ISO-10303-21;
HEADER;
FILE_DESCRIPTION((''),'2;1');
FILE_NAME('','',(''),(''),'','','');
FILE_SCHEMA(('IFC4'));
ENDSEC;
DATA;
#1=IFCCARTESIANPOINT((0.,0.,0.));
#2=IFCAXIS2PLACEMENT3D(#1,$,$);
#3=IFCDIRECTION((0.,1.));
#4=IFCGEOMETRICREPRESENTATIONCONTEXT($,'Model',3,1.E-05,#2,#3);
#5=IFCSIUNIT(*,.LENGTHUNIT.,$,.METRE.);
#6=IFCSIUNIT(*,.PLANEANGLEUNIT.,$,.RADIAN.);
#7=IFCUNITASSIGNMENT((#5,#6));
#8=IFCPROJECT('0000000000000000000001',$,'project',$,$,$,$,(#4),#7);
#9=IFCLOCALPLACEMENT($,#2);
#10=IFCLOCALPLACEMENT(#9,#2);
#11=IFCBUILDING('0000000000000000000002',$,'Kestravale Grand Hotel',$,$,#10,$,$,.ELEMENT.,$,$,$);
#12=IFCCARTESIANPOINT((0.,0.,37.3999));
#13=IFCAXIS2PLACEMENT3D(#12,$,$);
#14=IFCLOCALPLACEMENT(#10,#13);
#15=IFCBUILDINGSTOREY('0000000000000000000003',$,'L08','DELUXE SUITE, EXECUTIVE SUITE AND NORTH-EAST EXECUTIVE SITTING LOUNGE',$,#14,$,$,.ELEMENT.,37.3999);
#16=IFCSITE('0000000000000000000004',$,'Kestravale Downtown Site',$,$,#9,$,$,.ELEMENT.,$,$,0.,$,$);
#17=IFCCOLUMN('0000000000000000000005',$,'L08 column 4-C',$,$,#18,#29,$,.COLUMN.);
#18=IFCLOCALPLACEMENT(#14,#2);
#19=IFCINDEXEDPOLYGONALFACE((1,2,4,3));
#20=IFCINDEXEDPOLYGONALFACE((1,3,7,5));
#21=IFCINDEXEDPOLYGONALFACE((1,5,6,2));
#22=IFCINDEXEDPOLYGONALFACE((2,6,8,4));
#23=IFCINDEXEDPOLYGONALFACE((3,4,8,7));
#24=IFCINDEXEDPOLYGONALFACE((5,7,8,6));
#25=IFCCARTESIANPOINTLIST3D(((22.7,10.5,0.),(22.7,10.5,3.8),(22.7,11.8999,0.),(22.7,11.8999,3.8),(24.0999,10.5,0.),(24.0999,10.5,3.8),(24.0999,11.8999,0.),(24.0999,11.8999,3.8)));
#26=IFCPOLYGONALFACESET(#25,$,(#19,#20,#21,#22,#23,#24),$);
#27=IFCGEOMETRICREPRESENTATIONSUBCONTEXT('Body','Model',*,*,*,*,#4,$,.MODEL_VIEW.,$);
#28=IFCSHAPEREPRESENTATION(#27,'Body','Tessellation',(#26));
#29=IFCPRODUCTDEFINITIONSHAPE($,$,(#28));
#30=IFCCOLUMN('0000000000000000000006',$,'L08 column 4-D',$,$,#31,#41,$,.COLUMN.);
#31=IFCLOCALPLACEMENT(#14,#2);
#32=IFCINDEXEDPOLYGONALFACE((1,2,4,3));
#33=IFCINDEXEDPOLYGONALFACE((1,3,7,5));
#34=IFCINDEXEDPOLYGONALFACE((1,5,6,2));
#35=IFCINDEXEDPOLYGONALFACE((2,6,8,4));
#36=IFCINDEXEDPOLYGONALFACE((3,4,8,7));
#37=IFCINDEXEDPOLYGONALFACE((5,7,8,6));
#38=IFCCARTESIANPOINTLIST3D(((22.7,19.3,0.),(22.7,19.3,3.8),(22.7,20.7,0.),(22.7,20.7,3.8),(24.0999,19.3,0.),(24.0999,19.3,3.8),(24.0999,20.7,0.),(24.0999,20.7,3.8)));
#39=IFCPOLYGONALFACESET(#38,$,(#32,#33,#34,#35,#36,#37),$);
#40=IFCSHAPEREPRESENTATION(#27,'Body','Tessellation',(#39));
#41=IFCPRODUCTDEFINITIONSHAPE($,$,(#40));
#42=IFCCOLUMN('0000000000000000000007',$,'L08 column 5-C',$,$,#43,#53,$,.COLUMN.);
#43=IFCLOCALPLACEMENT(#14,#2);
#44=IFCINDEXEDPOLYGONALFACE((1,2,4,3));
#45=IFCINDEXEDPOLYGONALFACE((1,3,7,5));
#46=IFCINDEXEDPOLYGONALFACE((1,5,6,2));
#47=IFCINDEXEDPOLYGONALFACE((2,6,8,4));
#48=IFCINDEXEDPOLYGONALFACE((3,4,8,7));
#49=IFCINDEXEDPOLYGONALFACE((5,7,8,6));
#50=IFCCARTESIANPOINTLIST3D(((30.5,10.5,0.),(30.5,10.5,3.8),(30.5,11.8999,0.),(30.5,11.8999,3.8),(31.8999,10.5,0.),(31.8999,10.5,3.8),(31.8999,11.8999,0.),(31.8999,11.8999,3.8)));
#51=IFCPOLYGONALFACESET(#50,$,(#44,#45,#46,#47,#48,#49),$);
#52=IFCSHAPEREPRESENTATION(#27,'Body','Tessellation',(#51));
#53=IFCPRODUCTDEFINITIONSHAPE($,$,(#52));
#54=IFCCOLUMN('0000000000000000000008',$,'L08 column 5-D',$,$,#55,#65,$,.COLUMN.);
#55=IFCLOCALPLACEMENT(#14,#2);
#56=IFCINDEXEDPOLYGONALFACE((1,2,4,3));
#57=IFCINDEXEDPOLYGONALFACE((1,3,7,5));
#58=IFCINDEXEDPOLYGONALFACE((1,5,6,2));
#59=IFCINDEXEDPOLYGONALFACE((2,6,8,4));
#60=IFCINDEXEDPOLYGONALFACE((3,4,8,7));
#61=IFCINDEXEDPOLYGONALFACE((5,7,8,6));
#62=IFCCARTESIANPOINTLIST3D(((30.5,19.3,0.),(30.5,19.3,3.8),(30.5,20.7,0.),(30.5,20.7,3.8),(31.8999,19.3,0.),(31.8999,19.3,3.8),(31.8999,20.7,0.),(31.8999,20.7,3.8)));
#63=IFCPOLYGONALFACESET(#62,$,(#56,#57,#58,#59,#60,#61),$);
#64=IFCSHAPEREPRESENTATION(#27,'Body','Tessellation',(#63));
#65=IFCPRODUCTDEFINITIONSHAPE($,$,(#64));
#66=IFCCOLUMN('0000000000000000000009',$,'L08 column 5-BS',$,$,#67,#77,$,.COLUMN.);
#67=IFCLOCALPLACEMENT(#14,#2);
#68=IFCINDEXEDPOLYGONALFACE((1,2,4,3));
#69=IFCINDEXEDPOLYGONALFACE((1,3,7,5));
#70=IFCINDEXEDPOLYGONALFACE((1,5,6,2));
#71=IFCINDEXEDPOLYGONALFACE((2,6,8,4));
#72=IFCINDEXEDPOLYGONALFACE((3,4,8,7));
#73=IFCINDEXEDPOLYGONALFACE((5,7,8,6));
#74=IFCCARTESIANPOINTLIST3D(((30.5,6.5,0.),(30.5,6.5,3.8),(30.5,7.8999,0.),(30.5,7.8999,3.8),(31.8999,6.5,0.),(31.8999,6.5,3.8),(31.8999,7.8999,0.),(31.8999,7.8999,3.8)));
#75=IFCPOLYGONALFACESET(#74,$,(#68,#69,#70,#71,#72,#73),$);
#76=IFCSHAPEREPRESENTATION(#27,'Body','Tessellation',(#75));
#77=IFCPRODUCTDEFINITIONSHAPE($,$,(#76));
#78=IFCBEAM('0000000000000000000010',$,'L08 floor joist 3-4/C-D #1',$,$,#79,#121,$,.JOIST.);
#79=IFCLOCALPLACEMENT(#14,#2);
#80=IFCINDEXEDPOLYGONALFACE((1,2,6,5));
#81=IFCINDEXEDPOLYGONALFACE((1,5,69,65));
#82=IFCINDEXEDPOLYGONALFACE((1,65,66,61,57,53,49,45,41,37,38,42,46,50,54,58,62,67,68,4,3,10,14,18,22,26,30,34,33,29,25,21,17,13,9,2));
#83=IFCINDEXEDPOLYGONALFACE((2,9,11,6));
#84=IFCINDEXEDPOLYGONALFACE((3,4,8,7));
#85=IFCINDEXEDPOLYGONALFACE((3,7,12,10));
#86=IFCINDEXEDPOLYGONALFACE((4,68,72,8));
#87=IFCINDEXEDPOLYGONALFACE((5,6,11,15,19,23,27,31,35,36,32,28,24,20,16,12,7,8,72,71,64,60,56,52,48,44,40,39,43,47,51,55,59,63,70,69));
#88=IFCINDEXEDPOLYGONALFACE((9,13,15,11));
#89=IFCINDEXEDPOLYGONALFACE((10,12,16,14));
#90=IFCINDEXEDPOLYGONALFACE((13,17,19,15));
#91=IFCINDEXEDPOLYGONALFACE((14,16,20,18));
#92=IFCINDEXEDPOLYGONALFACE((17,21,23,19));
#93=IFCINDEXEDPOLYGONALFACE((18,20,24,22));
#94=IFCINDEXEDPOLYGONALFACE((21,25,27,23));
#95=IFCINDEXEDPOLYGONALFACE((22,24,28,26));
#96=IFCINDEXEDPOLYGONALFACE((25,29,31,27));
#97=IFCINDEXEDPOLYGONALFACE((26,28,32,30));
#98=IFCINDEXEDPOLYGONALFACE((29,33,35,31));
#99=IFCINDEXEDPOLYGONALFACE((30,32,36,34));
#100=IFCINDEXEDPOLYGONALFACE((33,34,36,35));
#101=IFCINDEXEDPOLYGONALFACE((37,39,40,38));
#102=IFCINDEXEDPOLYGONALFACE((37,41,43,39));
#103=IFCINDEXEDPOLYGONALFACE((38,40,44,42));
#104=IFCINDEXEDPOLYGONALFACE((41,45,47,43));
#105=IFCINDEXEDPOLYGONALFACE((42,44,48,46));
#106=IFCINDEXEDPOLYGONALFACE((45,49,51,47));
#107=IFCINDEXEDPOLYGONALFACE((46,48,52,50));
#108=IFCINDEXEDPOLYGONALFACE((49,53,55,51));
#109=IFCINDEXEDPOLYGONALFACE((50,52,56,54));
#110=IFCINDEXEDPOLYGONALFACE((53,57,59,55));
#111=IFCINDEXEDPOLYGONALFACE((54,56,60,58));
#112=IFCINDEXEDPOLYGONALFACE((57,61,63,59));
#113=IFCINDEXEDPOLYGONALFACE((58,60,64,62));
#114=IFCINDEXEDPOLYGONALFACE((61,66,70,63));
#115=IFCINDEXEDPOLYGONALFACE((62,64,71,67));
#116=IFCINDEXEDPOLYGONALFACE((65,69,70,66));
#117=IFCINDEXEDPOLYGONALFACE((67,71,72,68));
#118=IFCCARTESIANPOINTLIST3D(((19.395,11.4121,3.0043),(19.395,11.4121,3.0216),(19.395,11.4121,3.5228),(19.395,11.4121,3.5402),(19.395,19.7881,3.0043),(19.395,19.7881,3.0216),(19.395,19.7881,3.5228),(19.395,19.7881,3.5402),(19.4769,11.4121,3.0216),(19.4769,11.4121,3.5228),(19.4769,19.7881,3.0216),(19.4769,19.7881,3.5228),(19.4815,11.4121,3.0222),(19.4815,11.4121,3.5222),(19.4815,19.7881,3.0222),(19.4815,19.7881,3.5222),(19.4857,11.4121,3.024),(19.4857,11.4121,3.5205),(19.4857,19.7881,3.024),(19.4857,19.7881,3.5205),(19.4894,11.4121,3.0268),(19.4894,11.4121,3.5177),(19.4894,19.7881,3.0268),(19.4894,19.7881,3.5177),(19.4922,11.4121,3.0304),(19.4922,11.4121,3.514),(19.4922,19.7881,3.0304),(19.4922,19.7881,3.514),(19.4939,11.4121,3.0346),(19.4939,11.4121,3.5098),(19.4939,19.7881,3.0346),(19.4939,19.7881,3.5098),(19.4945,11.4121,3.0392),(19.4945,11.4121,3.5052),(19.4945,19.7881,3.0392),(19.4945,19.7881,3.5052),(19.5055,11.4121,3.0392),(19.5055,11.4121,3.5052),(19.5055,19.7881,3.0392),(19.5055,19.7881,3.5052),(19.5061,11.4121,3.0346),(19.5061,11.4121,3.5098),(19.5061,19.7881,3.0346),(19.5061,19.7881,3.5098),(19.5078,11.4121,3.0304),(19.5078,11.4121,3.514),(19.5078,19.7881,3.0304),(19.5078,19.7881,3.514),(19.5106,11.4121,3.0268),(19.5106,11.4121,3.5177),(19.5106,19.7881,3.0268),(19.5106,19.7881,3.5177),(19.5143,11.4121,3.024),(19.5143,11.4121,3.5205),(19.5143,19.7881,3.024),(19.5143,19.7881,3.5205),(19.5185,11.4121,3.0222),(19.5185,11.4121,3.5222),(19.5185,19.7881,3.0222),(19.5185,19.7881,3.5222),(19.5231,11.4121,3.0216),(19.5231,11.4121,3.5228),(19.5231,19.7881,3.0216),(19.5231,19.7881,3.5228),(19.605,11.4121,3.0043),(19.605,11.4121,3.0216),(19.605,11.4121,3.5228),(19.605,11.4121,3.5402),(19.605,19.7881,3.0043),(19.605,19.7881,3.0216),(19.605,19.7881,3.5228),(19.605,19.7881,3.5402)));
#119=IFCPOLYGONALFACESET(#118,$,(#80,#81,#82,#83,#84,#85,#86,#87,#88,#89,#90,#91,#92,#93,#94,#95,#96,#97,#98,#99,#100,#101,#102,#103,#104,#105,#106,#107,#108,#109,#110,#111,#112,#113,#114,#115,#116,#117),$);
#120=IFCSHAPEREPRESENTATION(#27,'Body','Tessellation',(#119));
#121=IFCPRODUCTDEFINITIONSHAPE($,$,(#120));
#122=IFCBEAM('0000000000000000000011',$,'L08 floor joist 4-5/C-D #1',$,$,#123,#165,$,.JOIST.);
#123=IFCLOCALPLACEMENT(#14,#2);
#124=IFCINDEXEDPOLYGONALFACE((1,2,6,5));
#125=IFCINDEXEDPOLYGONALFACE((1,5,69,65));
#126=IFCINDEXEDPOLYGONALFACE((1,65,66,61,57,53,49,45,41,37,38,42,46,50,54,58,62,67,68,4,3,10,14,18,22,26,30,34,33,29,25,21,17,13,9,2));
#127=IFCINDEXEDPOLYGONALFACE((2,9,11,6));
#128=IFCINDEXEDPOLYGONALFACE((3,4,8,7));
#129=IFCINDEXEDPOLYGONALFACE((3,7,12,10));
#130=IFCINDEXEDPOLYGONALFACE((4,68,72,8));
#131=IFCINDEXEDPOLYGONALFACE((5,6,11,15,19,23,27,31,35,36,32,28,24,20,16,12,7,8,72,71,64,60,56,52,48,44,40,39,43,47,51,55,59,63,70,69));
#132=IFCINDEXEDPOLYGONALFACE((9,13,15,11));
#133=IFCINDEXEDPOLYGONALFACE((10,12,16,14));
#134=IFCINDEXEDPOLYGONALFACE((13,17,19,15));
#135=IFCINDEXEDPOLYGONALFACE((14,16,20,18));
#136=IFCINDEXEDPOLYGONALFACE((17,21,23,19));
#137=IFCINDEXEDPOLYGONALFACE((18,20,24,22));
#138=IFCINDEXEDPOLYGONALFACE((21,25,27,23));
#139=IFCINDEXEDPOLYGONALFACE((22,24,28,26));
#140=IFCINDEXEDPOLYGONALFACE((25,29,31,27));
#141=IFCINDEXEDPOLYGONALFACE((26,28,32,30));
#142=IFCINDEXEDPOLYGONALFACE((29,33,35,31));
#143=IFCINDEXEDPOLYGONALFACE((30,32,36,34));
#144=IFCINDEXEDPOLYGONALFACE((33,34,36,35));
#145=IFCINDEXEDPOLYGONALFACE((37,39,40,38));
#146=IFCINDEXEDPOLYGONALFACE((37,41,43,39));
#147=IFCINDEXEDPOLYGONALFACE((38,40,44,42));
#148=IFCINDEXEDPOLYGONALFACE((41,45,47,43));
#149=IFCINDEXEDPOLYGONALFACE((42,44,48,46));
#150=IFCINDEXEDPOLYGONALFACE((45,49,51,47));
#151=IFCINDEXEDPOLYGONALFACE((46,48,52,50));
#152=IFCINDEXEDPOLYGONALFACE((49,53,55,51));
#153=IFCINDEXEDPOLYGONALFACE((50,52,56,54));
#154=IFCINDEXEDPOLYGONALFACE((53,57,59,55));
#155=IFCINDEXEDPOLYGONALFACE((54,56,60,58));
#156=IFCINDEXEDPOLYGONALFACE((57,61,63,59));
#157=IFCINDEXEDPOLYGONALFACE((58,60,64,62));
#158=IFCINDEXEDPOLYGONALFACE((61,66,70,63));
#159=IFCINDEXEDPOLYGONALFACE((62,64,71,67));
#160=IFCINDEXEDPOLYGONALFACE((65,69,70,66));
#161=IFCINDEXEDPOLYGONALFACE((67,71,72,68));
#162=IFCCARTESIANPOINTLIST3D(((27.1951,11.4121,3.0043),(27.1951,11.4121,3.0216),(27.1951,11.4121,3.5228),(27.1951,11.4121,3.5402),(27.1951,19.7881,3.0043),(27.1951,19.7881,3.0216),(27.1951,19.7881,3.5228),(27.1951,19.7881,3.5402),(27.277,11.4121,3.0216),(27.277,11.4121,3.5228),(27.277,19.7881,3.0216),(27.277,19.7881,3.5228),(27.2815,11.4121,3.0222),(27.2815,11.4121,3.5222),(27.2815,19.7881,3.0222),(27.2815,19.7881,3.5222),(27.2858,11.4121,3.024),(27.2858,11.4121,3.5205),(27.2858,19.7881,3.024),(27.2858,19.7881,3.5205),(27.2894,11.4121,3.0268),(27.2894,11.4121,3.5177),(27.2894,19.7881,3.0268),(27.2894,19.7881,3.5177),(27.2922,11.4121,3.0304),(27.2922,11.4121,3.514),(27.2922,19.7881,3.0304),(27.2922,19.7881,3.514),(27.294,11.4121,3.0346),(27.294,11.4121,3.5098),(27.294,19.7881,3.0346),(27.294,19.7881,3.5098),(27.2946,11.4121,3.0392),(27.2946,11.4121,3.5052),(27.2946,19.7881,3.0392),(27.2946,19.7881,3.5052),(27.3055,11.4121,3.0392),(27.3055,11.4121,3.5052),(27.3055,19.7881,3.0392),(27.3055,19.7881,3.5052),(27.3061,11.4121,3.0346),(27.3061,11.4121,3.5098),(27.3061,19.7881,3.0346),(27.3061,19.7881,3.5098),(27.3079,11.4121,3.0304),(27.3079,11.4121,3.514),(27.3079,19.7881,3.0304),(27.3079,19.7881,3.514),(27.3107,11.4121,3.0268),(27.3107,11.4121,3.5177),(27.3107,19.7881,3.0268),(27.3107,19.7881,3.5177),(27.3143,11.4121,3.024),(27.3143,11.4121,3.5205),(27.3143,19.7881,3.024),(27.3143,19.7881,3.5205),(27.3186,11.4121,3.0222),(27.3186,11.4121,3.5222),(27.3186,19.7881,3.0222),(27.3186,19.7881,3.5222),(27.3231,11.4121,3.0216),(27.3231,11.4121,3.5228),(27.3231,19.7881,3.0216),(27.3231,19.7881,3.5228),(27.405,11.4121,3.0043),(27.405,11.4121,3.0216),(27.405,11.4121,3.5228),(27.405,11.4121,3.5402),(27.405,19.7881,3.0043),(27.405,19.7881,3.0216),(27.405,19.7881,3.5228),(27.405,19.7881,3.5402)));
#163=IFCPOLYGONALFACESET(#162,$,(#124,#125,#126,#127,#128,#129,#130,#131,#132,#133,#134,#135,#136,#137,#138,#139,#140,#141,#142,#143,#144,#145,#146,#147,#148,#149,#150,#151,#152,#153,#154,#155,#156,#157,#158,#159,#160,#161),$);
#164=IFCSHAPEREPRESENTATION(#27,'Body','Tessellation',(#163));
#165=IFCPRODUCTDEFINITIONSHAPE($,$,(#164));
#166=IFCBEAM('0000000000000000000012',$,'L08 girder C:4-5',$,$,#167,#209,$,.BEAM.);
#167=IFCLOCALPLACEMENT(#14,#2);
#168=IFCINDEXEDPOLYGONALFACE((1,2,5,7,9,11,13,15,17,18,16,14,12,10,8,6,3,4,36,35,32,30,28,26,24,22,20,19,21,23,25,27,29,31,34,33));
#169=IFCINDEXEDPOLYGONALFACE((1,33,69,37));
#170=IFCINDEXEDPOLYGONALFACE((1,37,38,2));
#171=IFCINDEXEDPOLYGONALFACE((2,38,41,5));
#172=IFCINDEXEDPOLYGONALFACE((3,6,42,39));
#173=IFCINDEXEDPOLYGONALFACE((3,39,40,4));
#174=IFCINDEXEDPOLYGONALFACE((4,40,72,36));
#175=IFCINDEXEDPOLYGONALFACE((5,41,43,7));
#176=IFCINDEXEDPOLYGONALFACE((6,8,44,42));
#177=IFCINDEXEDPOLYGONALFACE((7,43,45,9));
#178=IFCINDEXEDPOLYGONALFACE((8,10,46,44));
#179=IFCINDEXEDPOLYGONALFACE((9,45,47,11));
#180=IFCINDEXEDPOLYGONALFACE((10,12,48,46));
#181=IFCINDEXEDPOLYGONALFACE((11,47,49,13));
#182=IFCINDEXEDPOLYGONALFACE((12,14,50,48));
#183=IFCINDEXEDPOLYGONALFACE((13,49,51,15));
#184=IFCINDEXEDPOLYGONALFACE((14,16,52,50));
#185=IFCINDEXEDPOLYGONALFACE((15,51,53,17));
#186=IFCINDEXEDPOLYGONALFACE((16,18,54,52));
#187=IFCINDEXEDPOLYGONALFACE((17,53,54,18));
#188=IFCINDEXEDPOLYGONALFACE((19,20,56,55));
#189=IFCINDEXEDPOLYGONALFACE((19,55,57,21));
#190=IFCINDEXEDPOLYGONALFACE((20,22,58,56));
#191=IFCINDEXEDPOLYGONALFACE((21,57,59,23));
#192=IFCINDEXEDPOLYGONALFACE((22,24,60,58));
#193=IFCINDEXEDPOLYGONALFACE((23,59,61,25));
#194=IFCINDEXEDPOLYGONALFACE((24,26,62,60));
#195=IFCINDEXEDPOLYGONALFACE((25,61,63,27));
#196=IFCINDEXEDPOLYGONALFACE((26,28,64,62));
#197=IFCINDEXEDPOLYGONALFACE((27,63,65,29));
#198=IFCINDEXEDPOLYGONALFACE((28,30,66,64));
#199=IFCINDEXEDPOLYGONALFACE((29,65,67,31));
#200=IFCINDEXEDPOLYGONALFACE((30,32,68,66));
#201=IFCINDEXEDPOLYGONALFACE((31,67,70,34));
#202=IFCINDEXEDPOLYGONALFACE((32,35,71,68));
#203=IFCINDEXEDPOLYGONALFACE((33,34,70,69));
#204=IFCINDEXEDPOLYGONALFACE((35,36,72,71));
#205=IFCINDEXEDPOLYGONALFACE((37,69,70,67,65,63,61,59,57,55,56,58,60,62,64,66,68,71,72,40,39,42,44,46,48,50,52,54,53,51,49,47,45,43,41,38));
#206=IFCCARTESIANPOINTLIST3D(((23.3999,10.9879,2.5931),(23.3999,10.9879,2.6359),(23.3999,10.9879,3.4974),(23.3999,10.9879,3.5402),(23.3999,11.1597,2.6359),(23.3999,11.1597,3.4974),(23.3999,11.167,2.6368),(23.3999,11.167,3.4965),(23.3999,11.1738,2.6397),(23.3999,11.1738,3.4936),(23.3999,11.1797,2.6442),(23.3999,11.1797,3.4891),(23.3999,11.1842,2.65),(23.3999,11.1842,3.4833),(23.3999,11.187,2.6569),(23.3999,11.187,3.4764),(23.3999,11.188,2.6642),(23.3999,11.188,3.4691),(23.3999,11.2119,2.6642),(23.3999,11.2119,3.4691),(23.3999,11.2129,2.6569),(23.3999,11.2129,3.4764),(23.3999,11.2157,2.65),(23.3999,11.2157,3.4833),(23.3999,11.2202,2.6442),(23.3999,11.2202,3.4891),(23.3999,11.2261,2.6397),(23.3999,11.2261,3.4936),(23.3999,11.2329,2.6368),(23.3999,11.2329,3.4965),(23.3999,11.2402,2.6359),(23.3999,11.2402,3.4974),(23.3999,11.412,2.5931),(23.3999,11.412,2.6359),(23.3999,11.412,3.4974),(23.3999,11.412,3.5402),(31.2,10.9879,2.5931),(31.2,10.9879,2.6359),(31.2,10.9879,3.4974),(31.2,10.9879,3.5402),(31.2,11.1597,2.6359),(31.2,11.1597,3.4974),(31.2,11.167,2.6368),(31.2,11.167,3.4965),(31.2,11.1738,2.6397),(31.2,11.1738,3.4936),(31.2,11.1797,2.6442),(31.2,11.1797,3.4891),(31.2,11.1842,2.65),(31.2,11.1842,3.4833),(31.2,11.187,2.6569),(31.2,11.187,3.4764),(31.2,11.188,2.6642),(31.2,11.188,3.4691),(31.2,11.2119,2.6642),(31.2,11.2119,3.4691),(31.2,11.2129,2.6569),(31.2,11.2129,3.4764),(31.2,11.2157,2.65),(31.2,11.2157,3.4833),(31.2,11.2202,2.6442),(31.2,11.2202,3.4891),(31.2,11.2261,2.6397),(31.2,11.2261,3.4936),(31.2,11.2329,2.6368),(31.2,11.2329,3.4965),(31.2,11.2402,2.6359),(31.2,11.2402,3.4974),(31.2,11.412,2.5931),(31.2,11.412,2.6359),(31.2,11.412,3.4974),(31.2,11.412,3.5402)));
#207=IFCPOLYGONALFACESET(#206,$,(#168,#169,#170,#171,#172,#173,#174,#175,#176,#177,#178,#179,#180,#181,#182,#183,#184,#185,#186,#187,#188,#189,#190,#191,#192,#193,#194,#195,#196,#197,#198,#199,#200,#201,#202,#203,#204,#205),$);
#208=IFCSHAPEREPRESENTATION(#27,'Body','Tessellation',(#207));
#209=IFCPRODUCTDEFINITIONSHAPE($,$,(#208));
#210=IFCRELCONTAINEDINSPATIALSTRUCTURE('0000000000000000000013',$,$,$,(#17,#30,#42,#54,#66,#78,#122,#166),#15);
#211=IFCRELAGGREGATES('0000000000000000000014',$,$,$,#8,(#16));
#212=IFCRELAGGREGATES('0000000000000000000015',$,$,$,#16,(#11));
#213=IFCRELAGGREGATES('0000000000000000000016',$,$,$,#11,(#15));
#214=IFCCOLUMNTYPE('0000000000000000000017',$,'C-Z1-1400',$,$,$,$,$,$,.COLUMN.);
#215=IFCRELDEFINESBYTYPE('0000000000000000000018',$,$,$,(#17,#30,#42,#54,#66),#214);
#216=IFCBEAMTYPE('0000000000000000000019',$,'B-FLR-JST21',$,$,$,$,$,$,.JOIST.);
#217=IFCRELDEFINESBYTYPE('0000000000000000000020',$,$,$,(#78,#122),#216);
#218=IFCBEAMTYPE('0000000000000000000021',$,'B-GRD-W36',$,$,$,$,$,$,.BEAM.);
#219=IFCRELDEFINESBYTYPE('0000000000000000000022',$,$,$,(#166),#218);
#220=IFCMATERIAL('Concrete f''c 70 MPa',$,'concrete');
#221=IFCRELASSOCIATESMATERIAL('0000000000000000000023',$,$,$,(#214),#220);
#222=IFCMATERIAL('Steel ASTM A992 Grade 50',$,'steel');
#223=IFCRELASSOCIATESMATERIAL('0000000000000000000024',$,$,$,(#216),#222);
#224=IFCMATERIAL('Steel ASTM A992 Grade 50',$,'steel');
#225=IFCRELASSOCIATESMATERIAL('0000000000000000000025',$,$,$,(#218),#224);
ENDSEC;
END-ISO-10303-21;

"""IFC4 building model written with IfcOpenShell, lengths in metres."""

from ifc_helpers import new_model, si_unit, direction, frame, origin, origin_2d, place, context, subcontext, project, spatial, rectangle, i_section, extrude, material, material_profile, profile_set, type_object, element, save


model = new_model("IFC4")

# Units and contexts
model_context = context("Model", 3, precision=1e-05, world=origin(), true_north=direction((0.0, 1.0)))
body_context = subcontext(model_context, "Body", "Model", "MODEL_VIEW")
ifc_project = project(units=[si_unit("LENGTHUNIT", "METRE"), si_unit("PLANEANGLEUNIT", "RADIAN")], contexts=[model_context])

# Site, building, storey
site_placement = place(None, origin())
site = spatial("IfcSite", under=ifc_project, at=site_placement, Name="Kestravale Downtown Site", CompositionType="ELEMENT", RefElevation=0.0)
building_placement = place(site_placement, origin())
building = spatial("IfcBuilding", under=site, at=building_placement, Name="Kestravale Grand Hotel", CompositionType="ELEMENT")
storey_placement = place(building_placement, frame((0.0, 0.0, 37.3999)))
storey = spatial("IfcBuildingStorey", under=building, at=storey_placement, Name="L08", Description="DELUXE SUITE, EXECUTIVE SUITE AND NORTH-EAST EXECUTIVE SITTING LOUNGE", CompositionType="ELEMENT", Elevation=37.3999)

# Columns
ifc_material_1 = material(Name="Concrete f'c 70 MPa", Category="concrete")
ifc_material_profile_1 = material_profile(ifc_material_1, rectangle(XDim=1.3999, YDim=1.3999, at=origin_2d()))
ifc_profile_set_1 = profile_set([ifc_material_profile_1], Name="Concrete f'c 70 MPa")
column_type = type_object("IfcColumnType", Name="C-Z1-1400", PredefinedType="COLUMN", material=ifc_profile_set_1)
for number, where, z_axis, x_axis, name in (
    (1, (23.3999, 11.2, 0.0), (0.0, 0.0, 1.0), (1.0, 0.0, 0.0), "L08 column 4-C"),
    (2, (23.3999, 20.0, 0.0), (0.0, 0.0, 1.0), (1.0, 0.0, 0.0), "L08 column 4-D"),
    (3, (31.2, 11.2, 0.0), (0.0, 0.0, 1.0), (1.0, 0.0, 0.0), "L08 column 5-C"),
    (4, (31.2, 20.0, 0.0), (0.0, 0.0, 1.0), (1.0, 0.0, 0.0), "L08 column 5-D"),
    (5, (31.2, 7.2, 0.0), (0.0, 0.0, 1.0), (1.0, 0.0, 0.0), "L08 column 5-BS"),
):
    element("IfcColumn", number, at=place(storey_placement, frame(where, z_axis=z_axis, x_axis=x_axis)), inside=storey, type_object=column_type, Name=name, PredefinedType="COLUMN", context=body_context, shape_type="SweptSolid", body=[
        extrude(rectangle(XDim=1.3999, YDim=1.3999, at=origin_2d()), origin(), (0.0, 0.0, 1.0), 3.8),
    ])

# Beams
ifc_material_2 = material(Name="Steel ASTM A992 Grade 50", Category="steel")
ifc_material_profile_2 = material_profile(ifc_material_2, i_section(OverallWidth=0.21, OverallDepth=0.5359, WebThickness=0.011, FlangeThickness=0.0173, FilletRadius=0.0176, at=origin_2d()))
ifc_profile_set_2 = profile_set([ifc_material_profile_2], Name="Steel ASTM A992 Grade 50")
beam_type_1 = type_object("IfcBeamType", Name="B-FLR-JST21", PredefinedType="JOIST", material=ifc_profile_set_2)
for number, where, z_axis, x_axis, name in (
    (6, (19.5, 11.4121, 3.2722), (0.0, 1.0, 0.0), (-1.0, 0.0, 0.0), "L08 floor joist 3-4/C-D #1"),
    (7, (27.3, 11.4121, 3.2722), (0.0, 1.0, 0.0), (-1.0, 0.0, 0.0), "L08 floor joist 4-5/C-D #1"),
):
    element("IfcBeam", number, at=place(storey_placement, frame(where, z_axis=z_axis, x_axis=x_axis)), inside=storey, type_object=beam_type_1, Name=name, PredefinedType="JOIST", context=body_context, shape_type="SweptSolid", body=[
        extrude(i_section(OverallWidth=0.21, OverallDepth=0.5359, WebThickness=0.011, FlangeThickness=0.0173, FilletRadius=0.0176, at=origin_2d()), origin(), (0.0, 0.0, 1.0), 8.376),
    ])
ifc_material_3 = material(Name="Steel ASTM A992 Grade 50", Category="steel")
ifc_material_profile_3 = material_profile(ifc_material_3, i_section(OverallWidth=0.4241, OverallDepth=0.947, WebThickness=0.0239, FlangeThickness=0.0427, FilletRadius=0.0283, at=origin_2d()))
ifc_profile_set_3 = profile_set([ifc_material_profile_3], Name="Steel ASTM A992 Grade 50")
beam_type_2 = type_object("IfcBeamType", Name="B-GRD-W36", PredefinedType="BEAM", material=ifc_profile_set_3)
for number, where, z_axis, x_axis, name in (
    (8, (23.3999, 11.2, 3.0667), (1.0, 0.0, 0.0), (0.0, 1.0, 0.0), "L08 girder C:4-5"),
):
    element("IfcBeam", number, at=place(storey_placement, frame(where, z_axis=z_axis, x_axis=x_axis)), inside=storey, type_object=beam_type_2, Name=name, PredefinedType="BEAM", context=body_context, shape_type="SweptSolid", body=[
        extrude(i_section(OverallWidth=0.4241, OverallDepth=0.947, WebThickness=0.0239, FlangeThickness=0.0427, FilletRadius=0.0283, at=origin_2d()), origin(), (0.0, 0.0, 1.0), 7.8),
    ])

save(model, "model.ifc")
